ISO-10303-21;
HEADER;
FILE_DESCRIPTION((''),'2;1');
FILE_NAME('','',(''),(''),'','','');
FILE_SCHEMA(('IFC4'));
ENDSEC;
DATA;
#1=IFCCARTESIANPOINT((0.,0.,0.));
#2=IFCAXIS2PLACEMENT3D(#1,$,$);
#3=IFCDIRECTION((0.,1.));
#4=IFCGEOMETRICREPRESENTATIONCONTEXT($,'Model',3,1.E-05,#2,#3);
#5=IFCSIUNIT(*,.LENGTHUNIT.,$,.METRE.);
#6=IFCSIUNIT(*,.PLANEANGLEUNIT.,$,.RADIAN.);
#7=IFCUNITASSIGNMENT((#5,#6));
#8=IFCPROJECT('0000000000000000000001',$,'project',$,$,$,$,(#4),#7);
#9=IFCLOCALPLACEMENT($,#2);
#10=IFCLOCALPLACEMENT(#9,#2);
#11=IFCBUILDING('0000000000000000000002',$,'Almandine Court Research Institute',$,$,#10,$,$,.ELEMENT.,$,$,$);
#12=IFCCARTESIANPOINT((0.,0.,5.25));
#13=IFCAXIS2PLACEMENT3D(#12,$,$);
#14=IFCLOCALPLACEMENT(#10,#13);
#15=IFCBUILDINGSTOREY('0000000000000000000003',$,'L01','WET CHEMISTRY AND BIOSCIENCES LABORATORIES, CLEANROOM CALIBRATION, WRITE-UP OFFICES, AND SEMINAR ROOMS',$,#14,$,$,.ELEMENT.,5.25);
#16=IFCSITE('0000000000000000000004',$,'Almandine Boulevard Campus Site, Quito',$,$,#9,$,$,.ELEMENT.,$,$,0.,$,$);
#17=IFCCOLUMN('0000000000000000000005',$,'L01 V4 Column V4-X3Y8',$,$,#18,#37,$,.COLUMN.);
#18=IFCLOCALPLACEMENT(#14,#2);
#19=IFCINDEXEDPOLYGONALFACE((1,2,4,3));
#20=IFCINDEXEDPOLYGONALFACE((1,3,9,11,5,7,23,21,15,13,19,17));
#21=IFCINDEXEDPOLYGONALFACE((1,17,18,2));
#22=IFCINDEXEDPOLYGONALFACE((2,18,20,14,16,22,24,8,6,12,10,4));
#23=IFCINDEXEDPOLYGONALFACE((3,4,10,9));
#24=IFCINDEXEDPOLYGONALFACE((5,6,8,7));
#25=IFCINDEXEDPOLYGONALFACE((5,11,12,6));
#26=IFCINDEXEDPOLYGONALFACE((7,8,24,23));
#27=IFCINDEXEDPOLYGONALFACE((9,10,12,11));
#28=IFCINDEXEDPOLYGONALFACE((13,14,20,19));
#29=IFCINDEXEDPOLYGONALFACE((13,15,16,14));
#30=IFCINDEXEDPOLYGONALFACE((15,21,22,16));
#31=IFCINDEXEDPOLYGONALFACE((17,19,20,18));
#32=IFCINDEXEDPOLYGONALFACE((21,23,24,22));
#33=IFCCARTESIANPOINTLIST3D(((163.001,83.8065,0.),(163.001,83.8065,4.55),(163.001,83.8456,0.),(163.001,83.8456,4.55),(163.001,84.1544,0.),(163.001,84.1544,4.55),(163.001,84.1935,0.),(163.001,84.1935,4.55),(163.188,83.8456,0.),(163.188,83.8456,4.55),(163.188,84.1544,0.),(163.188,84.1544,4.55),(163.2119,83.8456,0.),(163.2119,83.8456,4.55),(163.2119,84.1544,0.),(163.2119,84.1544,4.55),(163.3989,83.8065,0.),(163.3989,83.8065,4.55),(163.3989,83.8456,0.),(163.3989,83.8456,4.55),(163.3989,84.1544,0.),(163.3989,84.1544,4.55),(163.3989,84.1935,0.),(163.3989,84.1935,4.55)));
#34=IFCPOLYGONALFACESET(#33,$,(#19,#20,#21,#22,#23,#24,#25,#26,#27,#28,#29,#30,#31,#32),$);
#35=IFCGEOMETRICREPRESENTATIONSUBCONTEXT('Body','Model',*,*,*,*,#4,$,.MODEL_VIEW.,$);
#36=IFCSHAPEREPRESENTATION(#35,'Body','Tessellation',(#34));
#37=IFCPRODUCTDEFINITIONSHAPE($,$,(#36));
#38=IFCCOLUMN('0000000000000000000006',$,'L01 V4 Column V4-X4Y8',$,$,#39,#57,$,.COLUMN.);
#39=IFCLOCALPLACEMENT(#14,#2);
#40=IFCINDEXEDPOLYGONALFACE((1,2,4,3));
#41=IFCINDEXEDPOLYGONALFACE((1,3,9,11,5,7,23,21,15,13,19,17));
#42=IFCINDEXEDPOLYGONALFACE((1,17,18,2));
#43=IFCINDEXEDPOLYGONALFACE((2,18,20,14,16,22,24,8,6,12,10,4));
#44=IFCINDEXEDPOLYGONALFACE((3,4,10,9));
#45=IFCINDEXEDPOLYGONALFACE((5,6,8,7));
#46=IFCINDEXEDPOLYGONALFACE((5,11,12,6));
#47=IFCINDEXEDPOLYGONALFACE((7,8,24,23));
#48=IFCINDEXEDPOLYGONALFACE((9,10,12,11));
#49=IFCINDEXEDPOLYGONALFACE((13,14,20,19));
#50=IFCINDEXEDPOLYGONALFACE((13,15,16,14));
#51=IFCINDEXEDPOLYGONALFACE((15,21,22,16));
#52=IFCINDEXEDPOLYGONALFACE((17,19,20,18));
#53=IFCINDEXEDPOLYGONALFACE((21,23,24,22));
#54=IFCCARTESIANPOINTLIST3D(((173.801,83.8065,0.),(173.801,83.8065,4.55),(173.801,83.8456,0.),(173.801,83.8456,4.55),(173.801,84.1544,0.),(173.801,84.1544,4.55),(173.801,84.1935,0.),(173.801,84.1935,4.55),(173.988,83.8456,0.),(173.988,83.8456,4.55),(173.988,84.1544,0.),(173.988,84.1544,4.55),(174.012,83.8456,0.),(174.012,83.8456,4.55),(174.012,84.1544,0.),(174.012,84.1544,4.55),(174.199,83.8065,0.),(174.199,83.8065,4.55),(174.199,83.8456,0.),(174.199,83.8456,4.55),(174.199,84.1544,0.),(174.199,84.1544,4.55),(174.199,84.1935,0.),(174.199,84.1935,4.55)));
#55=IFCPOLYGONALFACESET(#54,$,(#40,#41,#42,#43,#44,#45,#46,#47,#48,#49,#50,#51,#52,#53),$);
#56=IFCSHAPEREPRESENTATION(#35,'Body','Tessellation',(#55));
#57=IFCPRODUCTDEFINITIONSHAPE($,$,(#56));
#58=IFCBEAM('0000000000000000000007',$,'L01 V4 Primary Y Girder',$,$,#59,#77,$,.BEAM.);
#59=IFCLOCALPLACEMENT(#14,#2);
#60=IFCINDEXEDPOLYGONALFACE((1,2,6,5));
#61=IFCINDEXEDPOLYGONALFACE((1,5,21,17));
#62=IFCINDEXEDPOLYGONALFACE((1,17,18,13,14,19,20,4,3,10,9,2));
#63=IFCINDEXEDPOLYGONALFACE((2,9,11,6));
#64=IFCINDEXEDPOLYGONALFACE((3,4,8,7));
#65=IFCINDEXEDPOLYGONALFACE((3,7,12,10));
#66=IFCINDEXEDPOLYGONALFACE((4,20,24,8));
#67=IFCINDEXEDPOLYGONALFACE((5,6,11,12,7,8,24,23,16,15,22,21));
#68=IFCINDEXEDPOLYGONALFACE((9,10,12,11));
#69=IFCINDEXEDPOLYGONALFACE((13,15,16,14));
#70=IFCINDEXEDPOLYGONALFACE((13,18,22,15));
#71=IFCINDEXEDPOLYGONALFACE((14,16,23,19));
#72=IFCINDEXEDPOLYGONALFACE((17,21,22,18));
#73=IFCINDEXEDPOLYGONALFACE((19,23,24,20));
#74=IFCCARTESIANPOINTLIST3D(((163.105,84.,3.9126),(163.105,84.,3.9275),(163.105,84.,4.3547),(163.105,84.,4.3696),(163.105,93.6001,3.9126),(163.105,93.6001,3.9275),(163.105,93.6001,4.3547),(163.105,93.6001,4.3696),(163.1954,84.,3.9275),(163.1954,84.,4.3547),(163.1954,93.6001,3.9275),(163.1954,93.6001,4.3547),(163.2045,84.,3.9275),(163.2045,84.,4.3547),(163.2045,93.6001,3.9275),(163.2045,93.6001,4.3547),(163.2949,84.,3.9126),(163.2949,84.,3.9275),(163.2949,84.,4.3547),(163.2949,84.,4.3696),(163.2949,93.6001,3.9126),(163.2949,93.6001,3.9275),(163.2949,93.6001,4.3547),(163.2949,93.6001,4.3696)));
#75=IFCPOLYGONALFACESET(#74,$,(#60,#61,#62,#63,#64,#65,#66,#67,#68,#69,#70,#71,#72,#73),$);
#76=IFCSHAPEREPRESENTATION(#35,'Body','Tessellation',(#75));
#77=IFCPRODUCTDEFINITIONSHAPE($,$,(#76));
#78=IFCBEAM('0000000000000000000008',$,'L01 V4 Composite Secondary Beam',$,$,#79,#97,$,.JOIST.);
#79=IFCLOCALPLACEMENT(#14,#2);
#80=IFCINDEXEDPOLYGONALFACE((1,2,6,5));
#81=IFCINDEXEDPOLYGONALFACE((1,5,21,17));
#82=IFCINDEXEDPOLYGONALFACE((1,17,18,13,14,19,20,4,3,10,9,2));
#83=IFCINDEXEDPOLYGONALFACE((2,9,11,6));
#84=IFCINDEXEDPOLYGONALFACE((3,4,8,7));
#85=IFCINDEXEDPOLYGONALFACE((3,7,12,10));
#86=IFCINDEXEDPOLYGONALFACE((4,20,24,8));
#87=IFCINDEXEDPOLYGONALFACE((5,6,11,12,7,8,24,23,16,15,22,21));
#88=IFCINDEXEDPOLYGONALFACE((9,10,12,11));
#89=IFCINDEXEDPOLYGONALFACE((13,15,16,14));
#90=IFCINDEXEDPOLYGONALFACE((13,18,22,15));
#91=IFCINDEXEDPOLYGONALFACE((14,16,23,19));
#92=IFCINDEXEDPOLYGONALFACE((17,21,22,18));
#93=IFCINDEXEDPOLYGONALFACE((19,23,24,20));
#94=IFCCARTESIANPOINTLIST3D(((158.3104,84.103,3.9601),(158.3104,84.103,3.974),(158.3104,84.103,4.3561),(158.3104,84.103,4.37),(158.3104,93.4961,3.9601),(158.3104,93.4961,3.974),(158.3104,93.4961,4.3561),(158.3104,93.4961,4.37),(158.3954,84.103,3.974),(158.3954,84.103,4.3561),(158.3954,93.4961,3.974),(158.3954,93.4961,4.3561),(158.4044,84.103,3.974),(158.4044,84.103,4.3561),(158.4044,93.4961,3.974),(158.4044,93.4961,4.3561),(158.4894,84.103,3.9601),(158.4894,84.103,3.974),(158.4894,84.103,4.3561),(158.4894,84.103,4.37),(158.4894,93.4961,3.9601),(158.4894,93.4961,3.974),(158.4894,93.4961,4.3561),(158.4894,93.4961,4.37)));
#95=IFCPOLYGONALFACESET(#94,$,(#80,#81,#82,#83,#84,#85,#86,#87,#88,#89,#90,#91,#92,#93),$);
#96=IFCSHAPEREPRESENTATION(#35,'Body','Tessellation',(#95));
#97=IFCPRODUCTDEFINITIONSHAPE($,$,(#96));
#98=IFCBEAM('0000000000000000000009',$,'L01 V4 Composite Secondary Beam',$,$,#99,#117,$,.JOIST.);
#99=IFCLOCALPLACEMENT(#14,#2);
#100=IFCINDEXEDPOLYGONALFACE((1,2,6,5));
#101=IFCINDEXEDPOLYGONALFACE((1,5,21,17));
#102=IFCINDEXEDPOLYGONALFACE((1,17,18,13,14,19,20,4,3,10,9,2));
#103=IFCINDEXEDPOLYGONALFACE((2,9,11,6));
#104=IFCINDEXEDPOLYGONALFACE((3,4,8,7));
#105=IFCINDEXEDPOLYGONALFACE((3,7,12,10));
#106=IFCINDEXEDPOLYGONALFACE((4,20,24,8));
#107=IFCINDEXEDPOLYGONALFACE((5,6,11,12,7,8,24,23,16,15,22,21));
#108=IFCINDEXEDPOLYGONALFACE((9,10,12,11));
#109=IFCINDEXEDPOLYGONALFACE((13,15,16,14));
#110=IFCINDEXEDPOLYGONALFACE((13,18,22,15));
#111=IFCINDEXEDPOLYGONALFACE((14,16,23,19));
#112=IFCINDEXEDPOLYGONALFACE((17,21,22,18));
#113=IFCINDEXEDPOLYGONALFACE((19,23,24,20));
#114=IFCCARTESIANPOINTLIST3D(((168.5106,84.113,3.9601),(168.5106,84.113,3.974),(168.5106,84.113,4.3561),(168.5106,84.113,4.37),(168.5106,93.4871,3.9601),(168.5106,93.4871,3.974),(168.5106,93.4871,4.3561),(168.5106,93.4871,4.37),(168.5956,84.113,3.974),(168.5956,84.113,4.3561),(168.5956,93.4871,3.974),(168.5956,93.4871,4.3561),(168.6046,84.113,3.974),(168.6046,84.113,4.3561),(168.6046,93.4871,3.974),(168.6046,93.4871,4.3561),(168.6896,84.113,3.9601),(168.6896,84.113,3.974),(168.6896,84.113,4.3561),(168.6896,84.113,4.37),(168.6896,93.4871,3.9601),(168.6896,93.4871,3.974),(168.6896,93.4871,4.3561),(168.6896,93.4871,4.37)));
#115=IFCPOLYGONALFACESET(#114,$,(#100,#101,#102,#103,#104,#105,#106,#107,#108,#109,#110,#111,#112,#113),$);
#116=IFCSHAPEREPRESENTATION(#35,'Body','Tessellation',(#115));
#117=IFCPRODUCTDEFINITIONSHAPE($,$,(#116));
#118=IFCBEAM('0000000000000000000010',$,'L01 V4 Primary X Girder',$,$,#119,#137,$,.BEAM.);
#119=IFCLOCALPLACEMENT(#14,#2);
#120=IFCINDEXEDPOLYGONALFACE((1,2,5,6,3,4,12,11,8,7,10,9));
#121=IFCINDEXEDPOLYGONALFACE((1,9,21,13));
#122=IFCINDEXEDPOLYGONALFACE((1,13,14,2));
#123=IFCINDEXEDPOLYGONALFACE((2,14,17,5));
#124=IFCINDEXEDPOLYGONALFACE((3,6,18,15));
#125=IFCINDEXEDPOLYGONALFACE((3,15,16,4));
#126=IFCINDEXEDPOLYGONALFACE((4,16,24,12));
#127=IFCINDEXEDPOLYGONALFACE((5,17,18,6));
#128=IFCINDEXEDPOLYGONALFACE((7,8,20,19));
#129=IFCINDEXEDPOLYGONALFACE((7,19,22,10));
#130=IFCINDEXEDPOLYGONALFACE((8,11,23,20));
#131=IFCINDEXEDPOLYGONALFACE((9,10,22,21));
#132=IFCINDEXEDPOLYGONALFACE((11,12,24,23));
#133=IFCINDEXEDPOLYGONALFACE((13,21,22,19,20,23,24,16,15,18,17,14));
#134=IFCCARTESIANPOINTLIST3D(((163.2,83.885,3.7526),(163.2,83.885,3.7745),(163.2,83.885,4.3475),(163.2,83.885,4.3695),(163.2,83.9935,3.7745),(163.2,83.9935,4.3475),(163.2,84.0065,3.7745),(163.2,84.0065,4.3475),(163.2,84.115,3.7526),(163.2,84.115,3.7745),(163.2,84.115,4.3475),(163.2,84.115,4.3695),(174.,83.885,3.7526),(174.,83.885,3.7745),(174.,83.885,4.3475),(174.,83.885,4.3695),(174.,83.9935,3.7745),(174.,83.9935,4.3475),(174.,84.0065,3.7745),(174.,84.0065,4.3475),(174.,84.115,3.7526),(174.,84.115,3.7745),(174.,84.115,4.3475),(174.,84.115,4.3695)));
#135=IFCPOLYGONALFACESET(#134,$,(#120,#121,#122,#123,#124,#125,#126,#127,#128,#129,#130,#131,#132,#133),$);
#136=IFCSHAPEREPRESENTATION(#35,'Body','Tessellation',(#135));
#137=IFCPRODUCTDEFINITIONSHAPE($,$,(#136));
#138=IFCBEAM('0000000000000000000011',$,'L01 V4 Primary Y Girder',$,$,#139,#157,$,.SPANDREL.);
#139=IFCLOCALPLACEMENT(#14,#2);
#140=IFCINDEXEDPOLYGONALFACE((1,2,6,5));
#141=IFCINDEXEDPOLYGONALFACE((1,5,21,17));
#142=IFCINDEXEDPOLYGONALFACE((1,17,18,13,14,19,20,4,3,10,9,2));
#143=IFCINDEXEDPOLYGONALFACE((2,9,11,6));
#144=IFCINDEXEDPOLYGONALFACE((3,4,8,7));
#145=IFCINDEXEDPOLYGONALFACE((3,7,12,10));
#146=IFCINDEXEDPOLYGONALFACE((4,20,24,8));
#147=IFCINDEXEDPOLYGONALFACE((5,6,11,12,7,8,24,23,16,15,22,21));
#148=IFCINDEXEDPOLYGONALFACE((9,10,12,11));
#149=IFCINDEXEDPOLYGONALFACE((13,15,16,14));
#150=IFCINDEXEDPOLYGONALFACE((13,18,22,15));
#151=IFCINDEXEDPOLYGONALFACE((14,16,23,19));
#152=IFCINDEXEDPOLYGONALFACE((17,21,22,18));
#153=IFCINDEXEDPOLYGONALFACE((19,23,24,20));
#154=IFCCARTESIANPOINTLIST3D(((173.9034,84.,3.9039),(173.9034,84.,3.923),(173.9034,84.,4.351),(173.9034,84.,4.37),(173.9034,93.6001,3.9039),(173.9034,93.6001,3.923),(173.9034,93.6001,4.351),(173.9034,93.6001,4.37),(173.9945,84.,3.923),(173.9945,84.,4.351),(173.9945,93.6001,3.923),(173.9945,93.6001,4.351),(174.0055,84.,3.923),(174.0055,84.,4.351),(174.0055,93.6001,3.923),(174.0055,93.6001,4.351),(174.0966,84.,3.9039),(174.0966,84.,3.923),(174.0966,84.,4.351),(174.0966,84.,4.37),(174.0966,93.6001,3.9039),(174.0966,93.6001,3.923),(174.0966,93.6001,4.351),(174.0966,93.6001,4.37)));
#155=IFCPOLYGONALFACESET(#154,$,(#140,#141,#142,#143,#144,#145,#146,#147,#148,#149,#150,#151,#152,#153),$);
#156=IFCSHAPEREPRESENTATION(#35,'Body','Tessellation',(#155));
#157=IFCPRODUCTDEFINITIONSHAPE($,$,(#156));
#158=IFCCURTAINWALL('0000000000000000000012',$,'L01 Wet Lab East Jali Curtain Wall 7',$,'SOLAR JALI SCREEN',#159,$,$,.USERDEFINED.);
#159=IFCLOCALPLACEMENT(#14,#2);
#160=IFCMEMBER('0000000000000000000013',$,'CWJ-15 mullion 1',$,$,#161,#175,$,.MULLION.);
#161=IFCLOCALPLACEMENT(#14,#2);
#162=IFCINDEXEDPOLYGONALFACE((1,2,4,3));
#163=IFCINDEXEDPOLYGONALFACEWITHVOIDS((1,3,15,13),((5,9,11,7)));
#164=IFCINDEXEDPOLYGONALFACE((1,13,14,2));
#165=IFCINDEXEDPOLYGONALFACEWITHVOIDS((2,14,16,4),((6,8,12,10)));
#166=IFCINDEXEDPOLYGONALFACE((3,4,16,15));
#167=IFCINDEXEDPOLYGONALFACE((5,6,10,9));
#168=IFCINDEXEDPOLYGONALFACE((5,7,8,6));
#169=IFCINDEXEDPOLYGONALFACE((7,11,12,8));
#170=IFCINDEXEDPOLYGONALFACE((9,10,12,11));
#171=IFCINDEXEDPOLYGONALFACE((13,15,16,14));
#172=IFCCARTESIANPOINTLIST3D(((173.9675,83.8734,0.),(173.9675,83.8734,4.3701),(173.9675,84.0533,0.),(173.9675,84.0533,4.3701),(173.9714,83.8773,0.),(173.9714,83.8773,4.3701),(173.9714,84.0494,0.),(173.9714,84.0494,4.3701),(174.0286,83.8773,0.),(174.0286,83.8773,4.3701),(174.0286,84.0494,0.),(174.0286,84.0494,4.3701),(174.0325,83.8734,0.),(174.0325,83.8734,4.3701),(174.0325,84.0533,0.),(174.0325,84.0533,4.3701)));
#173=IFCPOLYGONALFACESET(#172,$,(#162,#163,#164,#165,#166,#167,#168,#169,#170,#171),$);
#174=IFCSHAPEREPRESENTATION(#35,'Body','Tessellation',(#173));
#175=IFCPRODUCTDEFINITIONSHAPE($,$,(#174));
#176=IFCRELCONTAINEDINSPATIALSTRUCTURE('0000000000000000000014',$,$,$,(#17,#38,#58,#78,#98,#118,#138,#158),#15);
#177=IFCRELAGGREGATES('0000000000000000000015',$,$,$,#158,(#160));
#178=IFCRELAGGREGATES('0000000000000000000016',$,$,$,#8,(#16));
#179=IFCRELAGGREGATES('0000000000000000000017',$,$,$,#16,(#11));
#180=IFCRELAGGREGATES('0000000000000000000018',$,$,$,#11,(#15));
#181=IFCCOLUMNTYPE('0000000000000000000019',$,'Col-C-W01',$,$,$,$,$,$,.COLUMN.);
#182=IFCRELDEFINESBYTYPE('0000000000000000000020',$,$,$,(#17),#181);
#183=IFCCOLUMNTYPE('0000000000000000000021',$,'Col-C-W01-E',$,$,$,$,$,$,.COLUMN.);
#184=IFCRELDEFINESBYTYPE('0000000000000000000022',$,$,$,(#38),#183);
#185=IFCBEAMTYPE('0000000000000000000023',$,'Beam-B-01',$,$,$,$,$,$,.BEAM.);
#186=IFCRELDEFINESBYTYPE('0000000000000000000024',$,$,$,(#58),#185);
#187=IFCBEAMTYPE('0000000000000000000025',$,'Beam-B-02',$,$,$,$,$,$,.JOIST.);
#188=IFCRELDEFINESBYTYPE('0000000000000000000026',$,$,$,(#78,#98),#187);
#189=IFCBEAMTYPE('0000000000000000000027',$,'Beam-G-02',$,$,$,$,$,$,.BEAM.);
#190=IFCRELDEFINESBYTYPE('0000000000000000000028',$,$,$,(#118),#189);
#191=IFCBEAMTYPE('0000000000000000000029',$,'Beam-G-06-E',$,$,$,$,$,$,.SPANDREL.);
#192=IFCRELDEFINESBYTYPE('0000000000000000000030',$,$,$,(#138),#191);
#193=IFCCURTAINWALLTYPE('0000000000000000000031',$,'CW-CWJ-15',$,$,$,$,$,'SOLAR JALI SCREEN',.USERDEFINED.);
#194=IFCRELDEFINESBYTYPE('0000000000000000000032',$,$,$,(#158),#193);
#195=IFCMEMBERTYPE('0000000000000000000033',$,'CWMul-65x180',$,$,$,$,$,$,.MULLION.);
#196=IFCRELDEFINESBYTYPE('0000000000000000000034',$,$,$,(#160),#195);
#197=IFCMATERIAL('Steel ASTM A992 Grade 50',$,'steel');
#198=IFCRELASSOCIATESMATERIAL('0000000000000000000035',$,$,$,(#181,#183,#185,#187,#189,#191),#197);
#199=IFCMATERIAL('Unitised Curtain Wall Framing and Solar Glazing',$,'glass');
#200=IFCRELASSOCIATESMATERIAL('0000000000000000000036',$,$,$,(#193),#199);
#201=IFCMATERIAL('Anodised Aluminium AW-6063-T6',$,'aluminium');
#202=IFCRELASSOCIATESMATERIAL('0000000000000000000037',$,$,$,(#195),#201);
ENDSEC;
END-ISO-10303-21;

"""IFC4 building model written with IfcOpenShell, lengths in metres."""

from ifc_helpers import new_model, si_unit, direction, frame, origin, origin_2d, place, context, subcontext, project, spatial, hollow_rectangle, i_section, extrude, material, material_profile, profile_set, type_object, element, aggregate, save


model = new_model("IFC4")

# Units and contexts
model_context = context("Model", 3, precision=1e-05, world=origin(), true_north=direction((0.0, 1.0)))
body_context = subcontext(model_context, "Body", "Model", "MODEL_VIEW")
ifc_project = project(units=[si_unit("LENGTHUNIT", "METRE"), si_unit("PLANEANGLEUNIT", "RADIAN")], contexts=[model_context])

# Site, building, storey
site_placement = place(None, origin())
site = spatial("IfcSite", under=ifc_project, at=site_placement, Name="Almandine Boulevard Campus Site, Quito", CompositionType="ELEMENT", RefElevation=0.0)
building_placement = place(site_placement, origin())
building = spatial("IfcBuilding", under=site, at=building_placement, Name="Almandine Court Research Institute", CompositionType="ELEMENT")
storey_placement = place(building_placement, frame((0.0, 0.0, 5.25)))
storey = spatial("IfcBuildingStorey", under=building, at=storey_placement, Name="L01", Description="WET CHEMISTRY AND BIOSCIENCES LABORATORIES, CLEANROOM CALIBRATION, WRITE-UP OFFICES, AND SEMINAR ROOMS", CompositionType="ELEMENT", Elevation=5.25)

# Columns
ifc_material_1 = material(Name="Steel ASTM A992 Grade 50", Category="steel")
ifc_material_profile_1 = material_profile(ifc_material_1, i_section(OverallWidth=0.3979, OverallDepth=0.387, WebThickness=0.0239, FlangeThickness=0.0391, at=origin_2d()), Name="W360x262")
ifc_profile_set_1 = profile_set([ifc_material_profile_1], Name="Steel ASTM A992 Grade 50")
column_type_1 = type_object("IfcColumnType", Name="Col-C-W01", PredefinedType="COLUMN", material=ifc_profile_set_1)
column_1_placement = place(storey_placement, frame((163.2, 84.0, 0.0), z_axis=(0.0, 0.0, 1.0), x_axis=(1.0, 0.0, 0.0)))
element("IfcColumn", 1, at=column_1_placement, inside=storey, type_object=column_type_1, Name="L01 V4 Column V4-X3Y8", PredefinedType="COLUMN", context=body_context, shape_type="SweptSolid", body=[
    extrude(i_section(OverallWidth=0.3979, OverallDepth=0.387, WebThickness=0.0239, FlangeThickness=0.0391, at=origin_2d()), origin(), (0.0, 0.0, 1.0), 4.55),
])
ifc_material_profile_2 = material_profile(ifc_material_1, i_section(OverallWidth=0.3979, OverallDepth=0.387, WebThickness=0.0239, FlangeThickness=0.0391, at=origin_2d()), Name="W360x262")
ifc_profile_set_2 = profile_set([ifc_material_profile_2], Name="Steel ASTM A992 Grade 50")
column_type_2 = type_object("IfcColumnType", Name="Col-C-W01-E", PredefinedType="COLUMN", material=ifc_profile_set_2)
column_2_placement = place(storey_placement, frame((174.0, 84.0, 0.0), z_axis=(0.0, 0.0, 1.0), x_axis=(1.0, 0.0, 0.0)))
element("IfcColumn", 2, at=column_2_placement, inside=storey, type_object=column_type_2, Name="L01 V4 Column V4-X4Y8", PredefinedType="COLUMN", context=body_context, shape_type="SweptSolid", body=[
    extrude(i_section(OverallWidth=0.3979, OverallDepth=0.387, WebThickness=0.0239, FlangeThickness=0.0391, at=origin_2d()), origin(), (0.0, 0.0, 1.0), 4.55),
])

# Beams
ifc_material_profile_3 = material_profile(ifc_material_1, i_section(OverallWidth=0.1899, OverallDepth=0.457, WebThickness=0.009, FlangeThickness=0.0149, at=origin_2d()), Name="W460x74")
ifc_profile_set_3 = profile_set([ifc_material_profile_3], Name="Steel ASTM A992 Grade 50")
beam_type_1 = type_object("IfcBeamType", Name="Beam-B-01", PredefinedType="BEAM", material=ifc_profile_set_3)
beam_1_placement = place(storey_placement, frame((163.2, 84.0, 4.1411), z_axis=(0.0, 1.0, 0.0), x_axis=(-1.0, 0.0, 0.0)))
element("IfcBeam", 3, at=beam_1_placement, inside=storey, type_object=beam_type_1, Name="L01 V4 Primary Y Girder", PredefinedType="BEAM", context=body_context, shape_type="SweptSolid", body=[
    extrude(i_section(OverallWidth=0.1899, OverallDepth=0.457, WebThickness=0.009, FlangeThickness=0.0149, at=origin_2d()), origin(), (0.0, 0.0, 1.0), 9.6001),
])
ifc_material_profile_4 = material_profile(ifc_material_1, i_section(OverallWidth=0.179, OverallDepth=0.4099, WebThickness=0.009, FlangeThickness=0.0139, at=origin_2d()), Name="W410x67")
ifc_profile_set_4 = profile_set([ifc_material_profile_4], Name="Steel ASTM A992 Grade 50")
beam_type_2 = type_object("IfcBeamType", Name="Beam-B-02", PredefinedType="JOIST", material=ifc_profile_set_4)
beam_2_placement = place(storey_placement, frame((158.3999, 84.103, 4.165), z_axis=(0.0, 1.0, 0.0), x_axis=(-1.0, 0.0, 0.0)))
element("IfcBeam", 4, at=beam_2_placement, inside=storey, type_object=beam_type_2, Name="L01 V4 Composite Secondary Beam", PredefinedType="JOIST", context=body_context, shape_type="SweptSolid", body=[
    extrude(i_section(OverallWidth=0.179, OverallDepth=0.4099, WebThickness=0.009, FlangeThickness=0.0139, at=origin_2d()), origin(), (0.0, 0.0, 1.0), 9.3931),
])
beam_3_placement = place(storey_placement, frame((168.6001, 84.113, 4.165), z_axis=(0.0, 1.0, 0.0), x_axis=(-1.0, 0.0, 0.0)))
element("IfcBeam", 5, at=beam_3_placement, inside=storey, type_object=beam_type_2, Name="L01 V4 Composite Secondary Beam", PredefinedType="JOIST", context=body_context, shape_type="SweptSolid", body=[
    extrude(i_section(OverallWidth=0.179, OverallDepth=0.4099, WebThickness=0.009, FlangeThickness=0.0139, at=origin_2d()), origin(), (0.0, 0.0, 1.0), 9.374),
])
ifc_material_profile_5 = material_profile(ifc_material_1, i_section(OverallWidth=0.23, OverallDepth=0.6169, WebThickness=0.0129, FlangeThickness=0.022, at=origin_2d()), Name="W610x140")
ifc_profile_set_5 = profile_set([ifc_material_profile_5], Name="Steel ASTM A992 Grade 50")
beam_type_3 = type_object("IfcBeamType", Name="Beam-G-02", PredefinedType="BEAM", material=ifc_profile_set_5)
beam_4_placement = place(storey_placement, frame((163.2, 84.0, 4.061), z_axis=(1.0, 0.0, 0.0), x_axis=(0.0, 1.0, 0.0)))
element("IfcBeam", 6, at=beam_4_placement, inside=storey, type_object=beam_type_3, Name="L01 V4 Primary X Girder", PredefinedType="BEAM", context=body_context, shape_type="SweptSolid", body=[
    extrude(i_section(OverallWidth=0.23, OverallDepth=0.6169, WebThickness=0.0129, FlangeThickness=0.022, at=origin_2d()), origin(), (0.0, 0.0, 1.0), 10.8),
])
ifc_material_profile_6 = material_profile(ifc_material_1, i_section(OverallWidth=0.1931, OverallDepth=0.4661, WebThickness=0.011, FlangeThickness=0.019, at=origin_2d()), Name="W460x97")
ifc_profile_set_6 = profile_set([ifc_material_profile_6], Name="Steel ASTM A992 Grade 50")
beam_type_4 = type_object("IfcBeamType", Name="Beam-G-06-E", PredefinedType="SPANDREL", material=ifc_profile_set_6)
beam_5_placement = place(storey_placement, frame((174.0, 84.0, 4.137), z_axis=(0.0, 1.0, 0.0), x_axis=(-1.0, 0.0, 0.0)))
element("IfcBeam", 7, at=beam_5_placement, inside=storey, type_object=beam_type_4, Name="L01 V4 Primary Y Girder", PredefinedType="SPANDREL", context=body_context, shape_type="SweptSolid", body=[
    extrude(i_section(OverallWidth=0.1931, OverallDepth=0.4661, WebThickness=0.011, FlangeThickness=0.019, at=origin_2d()), origin(), (0.0, 0.0, 1.0), 9.6001),
])

# Curtain wall, member
ifc_material_2 = material(Name="Unitised Curtain Wall Framing and Solar Glazing", Category="glass")
curtain_wall_type = type_object("IfcCurtainWallType", Name="CW-CWJ-15", ElementType="SOLAR JALI SCREEN", PredefinedType="USERDEFINED", material=ifc_material_2)
curtain_wall_placement = place(storey_placement, origin())
curtain_wall = element("IfcCurtainWall", 8, at=curtain_wall_placement, inside=storey, type_object=curtain_wall_type, Name="L01 Wet Lab East Jali Curtain Wall 7", ObjectType="SOLAR JALI SCREEN", PredefinedType="USERDEFINED")
ifc_material_3 = material(Name="Anodised Aluminium AW-6063-T6", Category="aluminium")
ifc_material_profile_7 = material_profile(ifc_material_3, hollow_rectangle(XDim=0.0649, YDim=0.1799, WallThickness=0.0039, at=origin_2d()), Name="ALU RHS 65x180x4")
ifc_profile_set_7 = profile_set([ifc_material_profile_7], Name="Anodised Aluminium AW-6063-T6")
member_type_1 = type_object("IfcMemberType", Name="CWMul-65x180", PredefinedType="MULLION", material=ifc_profile_set_7)
member_1_placement = place(storey_placement, frame((174.0, 83.9634, 0.0), z_axis=(0.0, 0.0, 1.0), x_axis=(1.0, 0.0, 0.0)))
member_1 = element("IfcMember", 9, at=member_1_placement, type_object=member_type_1, Name="CWJ-15 mullion 1", PredefinedType="MULLION", context=body_context, shape_type="SweptSolid", body=[
    extrude(hollow_rectangle(XDim=0.0649, YDim=0.1799, WallThickness=0.0039, at=origin_2d()), origin(), (0.0, 0.0, 1.0), 4.3701),
])
aggregate(curtain_wall, [member_1])

save(model, "model.ifc")
